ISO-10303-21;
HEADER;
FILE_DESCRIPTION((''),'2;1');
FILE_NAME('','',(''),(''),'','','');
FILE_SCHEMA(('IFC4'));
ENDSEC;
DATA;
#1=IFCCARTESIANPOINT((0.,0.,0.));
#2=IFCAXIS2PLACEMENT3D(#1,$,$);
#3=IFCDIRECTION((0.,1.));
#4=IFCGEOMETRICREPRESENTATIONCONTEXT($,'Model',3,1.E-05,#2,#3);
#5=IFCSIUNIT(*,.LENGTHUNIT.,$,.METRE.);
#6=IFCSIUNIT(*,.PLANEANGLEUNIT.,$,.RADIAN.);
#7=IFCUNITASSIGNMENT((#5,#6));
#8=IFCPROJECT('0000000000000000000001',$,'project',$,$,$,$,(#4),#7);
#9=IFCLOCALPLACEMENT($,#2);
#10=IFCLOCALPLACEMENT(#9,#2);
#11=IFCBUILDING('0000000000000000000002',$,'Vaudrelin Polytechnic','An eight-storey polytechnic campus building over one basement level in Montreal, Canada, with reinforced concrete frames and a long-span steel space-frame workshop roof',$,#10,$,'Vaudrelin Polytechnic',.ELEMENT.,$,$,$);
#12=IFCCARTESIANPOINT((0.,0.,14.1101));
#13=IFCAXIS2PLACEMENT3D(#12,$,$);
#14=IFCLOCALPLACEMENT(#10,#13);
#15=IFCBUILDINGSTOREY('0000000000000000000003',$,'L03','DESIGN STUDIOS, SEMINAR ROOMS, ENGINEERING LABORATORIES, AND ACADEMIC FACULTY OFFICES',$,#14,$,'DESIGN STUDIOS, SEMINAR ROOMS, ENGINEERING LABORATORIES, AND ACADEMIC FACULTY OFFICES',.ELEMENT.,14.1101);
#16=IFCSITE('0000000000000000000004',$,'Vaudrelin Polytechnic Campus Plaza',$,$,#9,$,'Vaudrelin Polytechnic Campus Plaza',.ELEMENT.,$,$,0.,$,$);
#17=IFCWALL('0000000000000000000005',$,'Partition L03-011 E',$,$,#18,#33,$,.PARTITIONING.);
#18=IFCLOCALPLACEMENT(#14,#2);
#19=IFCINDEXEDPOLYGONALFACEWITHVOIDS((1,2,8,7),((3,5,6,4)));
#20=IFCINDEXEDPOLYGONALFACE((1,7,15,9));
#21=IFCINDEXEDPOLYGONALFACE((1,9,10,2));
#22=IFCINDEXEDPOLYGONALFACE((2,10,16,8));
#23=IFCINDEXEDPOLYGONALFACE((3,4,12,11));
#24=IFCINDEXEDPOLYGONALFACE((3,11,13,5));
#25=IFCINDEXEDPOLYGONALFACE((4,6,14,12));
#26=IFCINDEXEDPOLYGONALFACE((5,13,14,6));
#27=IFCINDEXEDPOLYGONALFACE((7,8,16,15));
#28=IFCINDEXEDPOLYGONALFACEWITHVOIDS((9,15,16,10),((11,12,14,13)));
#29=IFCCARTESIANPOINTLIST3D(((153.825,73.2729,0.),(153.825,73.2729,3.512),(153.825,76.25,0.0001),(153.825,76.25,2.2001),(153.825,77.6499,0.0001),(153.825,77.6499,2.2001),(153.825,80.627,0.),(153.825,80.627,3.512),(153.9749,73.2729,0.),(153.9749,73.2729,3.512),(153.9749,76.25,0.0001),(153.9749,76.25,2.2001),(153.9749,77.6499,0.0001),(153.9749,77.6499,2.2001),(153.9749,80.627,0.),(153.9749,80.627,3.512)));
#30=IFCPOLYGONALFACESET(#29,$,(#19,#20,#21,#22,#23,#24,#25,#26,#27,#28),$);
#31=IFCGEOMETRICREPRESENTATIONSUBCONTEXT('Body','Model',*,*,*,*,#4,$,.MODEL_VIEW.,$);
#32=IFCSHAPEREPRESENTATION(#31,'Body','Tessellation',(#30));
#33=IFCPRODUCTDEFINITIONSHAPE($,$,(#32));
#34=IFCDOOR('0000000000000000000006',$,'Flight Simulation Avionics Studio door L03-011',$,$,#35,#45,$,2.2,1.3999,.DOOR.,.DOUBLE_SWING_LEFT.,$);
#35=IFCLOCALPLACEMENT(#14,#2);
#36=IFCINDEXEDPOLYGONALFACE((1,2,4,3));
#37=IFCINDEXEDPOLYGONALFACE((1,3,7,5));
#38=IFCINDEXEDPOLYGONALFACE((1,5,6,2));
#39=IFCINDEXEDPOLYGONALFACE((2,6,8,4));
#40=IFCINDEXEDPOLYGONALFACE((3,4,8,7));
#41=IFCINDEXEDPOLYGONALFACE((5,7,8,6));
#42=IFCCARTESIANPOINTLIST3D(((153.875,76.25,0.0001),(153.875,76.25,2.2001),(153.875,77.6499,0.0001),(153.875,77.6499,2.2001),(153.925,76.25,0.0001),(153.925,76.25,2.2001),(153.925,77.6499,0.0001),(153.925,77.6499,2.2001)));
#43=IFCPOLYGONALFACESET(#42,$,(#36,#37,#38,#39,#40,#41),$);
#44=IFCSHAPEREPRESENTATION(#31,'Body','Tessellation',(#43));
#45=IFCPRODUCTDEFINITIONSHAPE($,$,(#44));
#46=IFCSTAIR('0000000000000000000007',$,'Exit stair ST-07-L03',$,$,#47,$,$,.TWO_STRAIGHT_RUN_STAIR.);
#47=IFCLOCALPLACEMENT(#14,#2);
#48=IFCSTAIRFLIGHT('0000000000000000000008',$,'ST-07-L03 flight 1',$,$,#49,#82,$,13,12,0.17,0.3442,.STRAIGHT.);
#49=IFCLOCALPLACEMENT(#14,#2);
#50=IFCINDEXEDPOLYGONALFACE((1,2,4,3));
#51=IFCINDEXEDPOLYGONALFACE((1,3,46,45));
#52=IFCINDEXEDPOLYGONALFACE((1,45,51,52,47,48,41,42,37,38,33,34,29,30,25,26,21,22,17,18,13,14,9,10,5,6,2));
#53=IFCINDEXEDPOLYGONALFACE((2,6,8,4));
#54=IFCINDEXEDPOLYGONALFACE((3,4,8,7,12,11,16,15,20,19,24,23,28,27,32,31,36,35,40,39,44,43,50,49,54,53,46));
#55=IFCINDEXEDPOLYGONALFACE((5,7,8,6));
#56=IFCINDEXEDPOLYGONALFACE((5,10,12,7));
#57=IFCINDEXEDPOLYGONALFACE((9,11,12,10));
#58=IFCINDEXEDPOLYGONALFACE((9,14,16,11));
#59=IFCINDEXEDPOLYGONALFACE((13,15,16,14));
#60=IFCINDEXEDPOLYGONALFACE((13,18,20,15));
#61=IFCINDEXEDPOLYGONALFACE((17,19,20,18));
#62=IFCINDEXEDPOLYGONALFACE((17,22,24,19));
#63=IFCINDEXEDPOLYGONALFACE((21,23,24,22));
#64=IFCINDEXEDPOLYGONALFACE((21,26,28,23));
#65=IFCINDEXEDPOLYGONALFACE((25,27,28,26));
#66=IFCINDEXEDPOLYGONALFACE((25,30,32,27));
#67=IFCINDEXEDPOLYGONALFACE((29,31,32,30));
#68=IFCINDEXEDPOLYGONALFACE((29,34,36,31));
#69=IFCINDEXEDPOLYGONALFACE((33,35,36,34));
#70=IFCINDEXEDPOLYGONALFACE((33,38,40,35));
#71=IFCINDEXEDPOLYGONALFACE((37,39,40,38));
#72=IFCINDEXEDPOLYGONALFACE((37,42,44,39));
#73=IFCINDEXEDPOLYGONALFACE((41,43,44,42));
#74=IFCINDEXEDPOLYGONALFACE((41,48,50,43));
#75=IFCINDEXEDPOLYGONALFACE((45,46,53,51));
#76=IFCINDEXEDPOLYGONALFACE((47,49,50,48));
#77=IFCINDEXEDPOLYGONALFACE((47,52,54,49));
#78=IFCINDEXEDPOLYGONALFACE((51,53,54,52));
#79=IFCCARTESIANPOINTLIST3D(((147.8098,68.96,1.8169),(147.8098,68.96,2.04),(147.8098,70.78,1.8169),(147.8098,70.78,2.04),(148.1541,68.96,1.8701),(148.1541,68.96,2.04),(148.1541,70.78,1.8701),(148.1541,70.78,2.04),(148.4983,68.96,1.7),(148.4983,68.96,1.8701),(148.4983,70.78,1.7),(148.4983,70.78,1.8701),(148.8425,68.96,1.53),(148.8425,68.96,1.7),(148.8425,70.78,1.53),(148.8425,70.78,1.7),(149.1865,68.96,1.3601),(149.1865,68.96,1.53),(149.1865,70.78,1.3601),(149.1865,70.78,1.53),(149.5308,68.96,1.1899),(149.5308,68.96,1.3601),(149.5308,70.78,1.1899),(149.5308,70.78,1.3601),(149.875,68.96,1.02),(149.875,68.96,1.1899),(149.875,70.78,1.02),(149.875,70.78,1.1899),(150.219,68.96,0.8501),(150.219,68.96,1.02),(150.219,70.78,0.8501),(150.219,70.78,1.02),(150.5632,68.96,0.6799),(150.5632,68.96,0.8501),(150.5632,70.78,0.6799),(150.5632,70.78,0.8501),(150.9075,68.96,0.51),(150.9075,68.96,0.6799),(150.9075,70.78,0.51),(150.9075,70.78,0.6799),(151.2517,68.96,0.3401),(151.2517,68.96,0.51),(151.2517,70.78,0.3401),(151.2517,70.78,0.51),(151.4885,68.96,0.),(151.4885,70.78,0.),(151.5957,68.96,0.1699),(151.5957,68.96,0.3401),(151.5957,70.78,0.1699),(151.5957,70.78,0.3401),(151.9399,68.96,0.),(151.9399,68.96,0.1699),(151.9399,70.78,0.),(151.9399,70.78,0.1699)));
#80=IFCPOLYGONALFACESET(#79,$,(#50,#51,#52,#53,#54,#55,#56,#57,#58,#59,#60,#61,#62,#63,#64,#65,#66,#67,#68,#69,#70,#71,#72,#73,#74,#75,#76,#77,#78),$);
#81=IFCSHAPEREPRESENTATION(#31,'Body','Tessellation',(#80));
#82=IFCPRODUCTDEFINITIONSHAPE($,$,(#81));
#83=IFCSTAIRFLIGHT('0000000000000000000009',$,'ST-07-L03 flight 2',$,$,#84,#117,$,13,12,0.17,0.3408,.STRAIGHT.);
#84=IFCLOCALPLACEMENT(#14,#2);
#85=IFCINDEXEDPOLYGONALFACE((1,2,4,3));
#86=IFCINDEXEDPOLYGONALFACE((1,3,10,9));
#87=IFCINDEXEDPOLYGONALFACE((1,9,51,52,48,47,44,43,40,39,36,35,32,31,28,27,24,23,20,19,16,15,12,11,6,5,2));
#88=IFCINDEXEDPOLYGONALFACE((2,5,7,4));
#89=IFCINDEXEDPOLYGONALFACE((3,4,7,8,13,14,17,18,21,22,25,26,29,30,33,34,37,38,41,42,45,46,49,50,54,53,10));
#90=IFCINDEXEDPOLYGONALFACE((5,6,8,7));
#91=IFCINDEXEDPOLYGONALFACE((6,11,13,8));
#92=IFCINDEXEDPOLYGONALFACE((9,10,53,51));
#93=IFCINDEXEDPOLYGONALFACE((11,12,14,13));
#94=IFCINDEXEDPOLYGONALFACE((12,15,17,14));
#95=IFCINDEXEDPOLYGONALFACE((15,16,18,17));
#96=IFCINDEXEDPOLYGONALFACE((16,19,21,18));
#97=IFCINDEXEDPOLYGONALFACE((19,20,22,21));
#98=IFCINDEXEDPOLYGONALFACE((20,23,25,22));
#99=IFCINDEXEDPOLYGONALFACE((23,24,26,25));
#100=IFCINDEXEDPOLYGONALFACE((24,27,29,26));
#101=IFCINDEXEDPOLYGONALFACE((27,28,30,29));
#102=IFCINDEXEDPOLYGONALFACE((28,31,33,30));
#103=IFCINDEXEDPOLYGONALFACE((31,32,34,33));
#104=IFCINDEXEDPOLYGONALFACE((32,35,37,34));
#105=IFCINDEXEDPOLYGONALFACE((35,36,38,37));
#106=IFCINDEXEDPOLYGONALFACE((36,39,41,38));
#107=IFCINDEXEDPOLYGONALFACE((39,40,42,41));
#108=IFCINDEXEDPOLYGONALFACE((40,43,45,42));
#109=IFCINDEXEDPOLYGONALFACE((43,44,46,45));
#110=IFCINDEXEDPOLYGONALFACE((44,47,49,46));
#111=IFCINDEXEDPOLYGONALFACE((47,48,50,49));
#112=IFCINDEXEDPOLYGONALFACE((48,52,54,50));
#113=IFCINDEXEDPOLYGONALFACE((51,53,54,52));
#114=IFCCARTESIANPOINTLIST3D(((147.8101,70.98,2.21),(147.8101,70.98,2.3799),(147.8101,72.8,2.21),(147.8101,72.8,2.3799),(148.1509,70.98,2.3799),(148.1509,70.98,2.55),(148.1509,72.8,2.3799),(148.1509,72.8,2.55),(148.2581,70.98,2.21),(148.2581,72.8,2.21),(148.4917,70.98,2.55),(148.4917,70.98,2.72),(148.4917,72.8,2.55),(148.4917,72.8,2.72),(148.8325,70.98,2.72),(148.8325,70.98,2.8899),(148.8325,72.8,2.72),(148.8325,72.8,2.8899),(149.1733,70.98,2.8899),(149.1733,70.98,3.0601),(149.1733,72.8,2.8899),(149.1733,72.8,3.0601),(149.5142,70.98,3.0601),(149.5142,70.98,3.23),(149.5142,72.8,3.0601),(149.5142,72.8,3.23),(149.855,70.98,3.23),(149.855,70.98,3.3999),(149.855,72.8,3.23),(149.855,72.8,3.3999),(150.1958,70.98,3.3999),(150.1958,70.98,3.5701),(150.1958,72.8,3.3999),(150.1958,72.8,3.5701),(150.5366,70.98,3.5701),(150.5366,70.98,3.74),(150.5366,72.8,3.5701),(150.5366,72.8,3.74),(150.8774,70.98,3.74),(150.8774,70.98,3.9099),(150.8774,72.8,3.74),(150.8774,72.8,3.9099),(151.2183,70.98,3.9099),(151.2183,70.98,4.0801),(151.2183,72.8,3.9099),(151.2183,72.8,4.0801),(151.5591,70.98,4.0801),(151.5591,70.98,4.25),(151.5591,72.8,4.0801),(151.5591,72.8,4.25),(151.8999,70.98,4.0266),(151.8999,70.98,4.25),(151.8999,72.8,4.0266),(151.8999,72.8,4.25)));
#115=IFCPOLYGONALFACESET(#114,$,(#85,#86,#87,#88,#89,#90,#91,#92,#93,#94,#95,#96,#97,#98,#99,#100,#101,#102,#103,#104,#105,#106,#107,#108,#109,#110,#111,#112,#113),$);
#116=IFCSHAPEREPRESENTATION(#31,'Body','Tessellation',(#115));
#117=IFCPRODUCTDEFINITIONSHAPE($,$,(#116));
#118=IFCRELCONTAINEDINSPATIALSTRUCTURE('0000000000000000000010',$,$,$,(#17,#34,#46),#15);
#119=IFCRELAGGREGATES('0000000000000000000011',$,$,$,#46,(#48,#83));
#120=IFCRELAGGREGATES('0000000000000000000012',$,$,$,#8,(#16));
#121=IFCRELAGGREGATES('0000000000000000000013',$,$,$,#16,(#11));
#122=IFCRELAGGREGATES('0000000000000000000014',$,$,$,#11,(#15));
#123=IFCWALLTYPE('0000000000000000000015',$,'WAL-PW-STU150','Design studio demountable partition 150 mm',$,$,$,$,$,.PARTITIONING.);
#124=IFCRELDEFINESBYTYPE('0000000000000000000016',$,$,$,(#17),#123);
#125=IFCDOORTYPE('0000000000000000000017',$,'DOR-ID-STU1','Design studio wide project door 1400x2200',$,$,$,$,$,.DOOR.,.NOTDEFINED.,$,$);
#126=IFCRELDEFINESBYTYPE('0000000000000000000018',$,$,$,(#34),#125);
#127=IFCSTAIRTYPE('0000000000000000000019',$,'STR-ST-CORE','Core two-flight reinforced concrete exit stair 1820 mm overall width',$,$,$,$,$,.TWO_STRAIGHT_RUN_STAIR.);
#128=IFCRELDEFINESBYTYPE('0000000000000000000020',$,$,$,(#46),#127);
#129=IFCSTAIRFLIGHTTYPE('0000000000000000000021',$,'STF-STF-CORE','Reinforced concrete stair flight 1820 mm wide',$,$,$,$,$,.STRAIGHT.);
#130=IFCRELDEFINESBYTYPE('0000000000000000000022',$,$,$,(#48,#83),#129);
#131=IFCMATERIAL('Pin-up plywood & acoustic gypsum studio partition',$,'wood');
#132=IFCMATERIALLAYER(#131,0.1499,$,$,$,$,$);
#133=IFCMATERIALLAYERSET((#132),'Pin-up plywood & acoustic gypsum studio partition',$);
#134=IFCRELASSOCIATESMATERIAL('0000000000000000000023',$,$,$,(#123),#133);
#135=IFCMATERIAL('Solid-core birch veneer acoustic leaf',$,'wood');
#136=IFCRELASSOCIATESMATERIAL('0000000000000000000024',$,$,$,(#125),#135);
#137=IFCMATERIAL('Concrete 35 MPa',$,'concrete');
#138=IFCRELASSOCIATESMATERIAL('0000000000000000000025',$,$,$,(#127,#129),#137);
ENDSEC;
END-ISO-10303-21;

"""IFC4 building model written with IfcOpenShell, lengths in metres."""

from ifc_helpers import new_model, si_unit, direction, frame, frame_2d, origin, place, context, subcontext, project, spatial, polyline, rectangle, outline, extrude, material, layer, layer_set, type_object, element, fill, aggregate, save


model = new_model("IFC4")

# Units and contexts
model_context = context("Model", 3, precision=1e-05, world=origin(), true_north=direction((0.0, 1.0)))
body_context = subcontext(model_context, "Body", "Model", "MODEL_VIEW")
ifc_project = project(units=[si_unit("LENGTHUNIT", "METRE"), si_unit("PLANEANGLEUNIT", "RADIAN")], contexts=[model_context])

# Site, building, storey
site_placement = place(None, origin())
site = spatial("IfcSite", under=ifc_project, at=site_placement, Name="Vaudrelin Polytechnic Campus Plaza", LongName="Vaudrelin Polytechnic Campus Plaza", CompositionType="ELEMENT", RefElevation=0.0)
building_placement = place(site_placement, origin())
building = spatial("IfcBuilding", under=site, at=building_placement, Name="Vaudrelin Polytechnic", Description="An eight-storey polytechnic campus building over one basement level in Montreal, Canada, with reinforced concrete frames and a long-span steel space-frame workshop roof", LongName="Vaudrelin Polytechnic", CompositionType="ELEMENT")
storey_placement = place(building_placement, frame((0.0, 0.0, 14.1101)))
storey = spatial("IfcBuildingStorey", under=building, at=storey_placement, Name="L03", Description="DESIGN STUDIOS, SEMINAR ROOMS, ENGINEERING LABORATORIES, AND ACADEMIC FACULTY OFFICES", LongName="DESIGN STUDIOS, SEMINAR ROOMS, ENGINEERING LABORATORIES, AND ACADEMIC FACULTY OFFICES", CompositionType="ELEMENT", Elevation=14.1101)

# Shared definitions
ifc_material_1 = material(Name="Solid-core birch veneer acoustic leaf", Category="wood")

# Wall, opening, door
ifc_material_2 = material(Name="Pin-up plywood & acoustic gypsum studio partition", Category="wood")
ifc_layer_1 = layer(ifc_material_2, 0.1499)
ifc_layer_set_1 = layer_set([ifc_layer_1], Name="Pin-up plywood & acoustic gypsum studio partition")
wall_type_1 = type_object("IfcWallType", Name="WAL-PW-STU150", Description="Design studio demountable partition 150 mm", PredefinedType="PARTITIONING", material=ifc_layer_set_1)
wall_1_placement = place(storey_placement, frame((153.8999, 73.2729, 0.0), z_axis=(0.0, 0.0, 1.0), x_axis=(0.0, 1.0, 0.0)))
wall_1 = element("IfcWall", 1, at=wall_1_placement, inside=storey, type_object=wall_type_1, Name="Partition L03-011 E", PredefinedType="PARTITIONING", context=body_context, shape_type="SweptSolid", body=[
    extrude(rectangle(XDim=7.354, YDim=0.1499, at=frame_2d((3.677, 0.0))), origin(), (0.0, 0.0, 1.0), 3.512),
])
opening_1_placement = place(wall_1_placement, frame((2.9771, 0.0, 0.0)))
opening_1 = element("IfcOpeningElement", 2, at=opening_1_placement, cuts=wall_1, PredefinedType="OPENING", context=body_context, shape_type="SweptSolid", body=[
    extrude(rectangle(XDim=1.3999, YDim=2.2, at=frame_2d((0.7, 1.1001))), frame((0.0, 0.085, 0.0), z_axis=(0.0, -1.0, 0.0), x_axis=(1.0, 0.0, 0.0)), (0.0, 0.0, 1.0), 0.1699),
])
door_type_1 = type_object("IfcDoorType", Name="DOR-ID-STU1", Description="Design studio wide project door 1400x2200", OperationType="NOTDEFINED", PredefinedType="DOOR", material=ifc_material_1)
door_1_placement = place(opening_1_placement, origin())
door_1 = element("IfcDoor", 3, at=door_1_placement, inside=storey, type_object=door_type_1, Name="Flight Simulation Avionics Studio door L03-011", OperationType="DOUBLE_SWING_LEFT", OverallHeight=2.2, OverallWidth=1.3999, PredefinedType="DOOR", context=body_context, shape_type="SweptSolid", body=[
    extrude(rectangle(XDim=1.3999, YDim=2.2, at=frame_2d((0.7, 1.1001))), frame((0.0, 0.0249, 0.0), z_axis=(0.0, -1.0, 0.0), x_axis=(1.0, 0.0, 0.0)), (0.0, 0.0, 1.0), 0.05),
])
fill(opening_1, door_1)

# Stair, stair flights
ifc_material_3 = material(Name="Concrete 35 MPa", Category="concrete")
stair_type = type_object("IfcStairType", Name="STR-ST-CORE", Description="Core two-flight reinforced concrete exit stair 1820 mm overall width", PredefinedType="TWO_STRAIGHT_RUN_STAIR", material=ifc_material_3)
stair_placement = place(storey_placement, origin())
stair = element("IfcStair", 4, at=stair_placement, inside=storey, type_object=stair_type, Name="Exit stair ST-07-L03", PredefinedType="TWO_STRAIGHT_RUN_STAIR")
stair_flight_type = type_object("IfcStairFlightType", Name="STF-STF-CORE", Description="Reinforced concrete stair flight 1820 mm wide", PredefinedType="STRAIGHT", material=ifc_material_3)
stair_flight_1_placement = place(storey_placement, frame((151.9399, 69.8701, 0.0), z_axis=(0.0, 0.0, 1.0), x_axis=(-1.0, 0.0, 0.0)))
stair_flight_1 = element("IfcStairFlight", 5, at=stair_flight_1_placement, type_object=stair_flight_type, Name="ST-07-L03 flight 1", NumberOfRisers=13, NumberOfTreads=12, PredefinedType="STRAIGHT", RiserHeight=0.17, TreadLength=0.3442, context=body_context, shape_type="SweptSolid", body=[
    extrude(outline(polyline([(0.0, 0.0), (0.0, 0.1699), (0.3442, 0.1699), (0.3442, 0.3401), (0.6882, 0.3401), (0.6882, 0.51), (1.0325, 0.51), (1.0325, 0.6799), (1.3767, 0.6799), (1.3767, 0.8501), (1.7209, 0.8501), (1.7209, 1.02), (2.0649, 1.02), (2.0649, 1.1899), (2.4092, 1.1899), (2.4092, 1.3601), (2.7534, 1.3601), (2.7534, 1.53), (3.0974, 1.53), (3.0974, 1.7), (3.4417, 1.7), (3.4417, 1.8701), (3.7859, 1.8701), (3.7859, 2.04), (4.1301, 2.04), (4.1301, 2.21), (4.1301, 1.8169), (0.4514, 0.0), (0.0, 0.0)])), frame((0.0, 0.9102, 0.0), z_axis=(0.0, -1.0, 0.0), x_axis=(1.0, 0.0, 0.0)), (0.0, 0.0, 1.0), 1.8201),
])
stair_flight_2_placement = place(storey_placement, frame((147.8101, 71.8899, 2.21), z_axis=(0.0, 0.0, 1.0), x_axis=(1.0, 0.0, 0.0)))
stair_flight_2 = element("IfcStairFlight", 6, at=stair_flight_2_placement, type_object=stair_flight_type, Name="ST-07-L03 flight 2", NumberOfRisers=13, NumberOfTreads=12, PredefinedType="STRAIGHT", RiserHeight=0.17, TreadLength=0.3408, context=body_context, shape_type="SweptSolid", body=[
    extrude(outline(polyline([(0.0, 0.0), (0.0, 0.1699), (0.3408, 0.1699), (0.3408, 0.3401), (0.6816, 0.3401), (0.6816, 0.51), (1.0225, 0.51), (1.0225, 0.6799), (1.3633, 0.6799), (1.3633, 0.8501), (1.7041, 0.8501), (1.7041, 1.02), (2.0449, 1.02), (2.0449, 1.1899), (2.3857, 1.1899), (2.3857, 1.3601), (2.7266, 1.3601), (2.7266, 1.53), (3.0674, 1.53), (3.0674, 1.7), (3.4082, 1.7), (3.4082, 1.8701), (3.749, 1.8701), (3.749, 2.04), (4.0898, 2.04), (4.0898, 2.21), (4.0898, 1.8167), (0.448, 0.0), (0.0, 0.0)])), frame((0.0, 0.9102, 0.0), z_axis=(0.0, -1.0, 0.0), x_axis=(1.0, 0.0, 0.0)), (0.0, 0.0, 1.0), 1.8201),
])
aggregate(stair, [stair_flight_1, stair_flight_2])

save(model, "model.ifc")
